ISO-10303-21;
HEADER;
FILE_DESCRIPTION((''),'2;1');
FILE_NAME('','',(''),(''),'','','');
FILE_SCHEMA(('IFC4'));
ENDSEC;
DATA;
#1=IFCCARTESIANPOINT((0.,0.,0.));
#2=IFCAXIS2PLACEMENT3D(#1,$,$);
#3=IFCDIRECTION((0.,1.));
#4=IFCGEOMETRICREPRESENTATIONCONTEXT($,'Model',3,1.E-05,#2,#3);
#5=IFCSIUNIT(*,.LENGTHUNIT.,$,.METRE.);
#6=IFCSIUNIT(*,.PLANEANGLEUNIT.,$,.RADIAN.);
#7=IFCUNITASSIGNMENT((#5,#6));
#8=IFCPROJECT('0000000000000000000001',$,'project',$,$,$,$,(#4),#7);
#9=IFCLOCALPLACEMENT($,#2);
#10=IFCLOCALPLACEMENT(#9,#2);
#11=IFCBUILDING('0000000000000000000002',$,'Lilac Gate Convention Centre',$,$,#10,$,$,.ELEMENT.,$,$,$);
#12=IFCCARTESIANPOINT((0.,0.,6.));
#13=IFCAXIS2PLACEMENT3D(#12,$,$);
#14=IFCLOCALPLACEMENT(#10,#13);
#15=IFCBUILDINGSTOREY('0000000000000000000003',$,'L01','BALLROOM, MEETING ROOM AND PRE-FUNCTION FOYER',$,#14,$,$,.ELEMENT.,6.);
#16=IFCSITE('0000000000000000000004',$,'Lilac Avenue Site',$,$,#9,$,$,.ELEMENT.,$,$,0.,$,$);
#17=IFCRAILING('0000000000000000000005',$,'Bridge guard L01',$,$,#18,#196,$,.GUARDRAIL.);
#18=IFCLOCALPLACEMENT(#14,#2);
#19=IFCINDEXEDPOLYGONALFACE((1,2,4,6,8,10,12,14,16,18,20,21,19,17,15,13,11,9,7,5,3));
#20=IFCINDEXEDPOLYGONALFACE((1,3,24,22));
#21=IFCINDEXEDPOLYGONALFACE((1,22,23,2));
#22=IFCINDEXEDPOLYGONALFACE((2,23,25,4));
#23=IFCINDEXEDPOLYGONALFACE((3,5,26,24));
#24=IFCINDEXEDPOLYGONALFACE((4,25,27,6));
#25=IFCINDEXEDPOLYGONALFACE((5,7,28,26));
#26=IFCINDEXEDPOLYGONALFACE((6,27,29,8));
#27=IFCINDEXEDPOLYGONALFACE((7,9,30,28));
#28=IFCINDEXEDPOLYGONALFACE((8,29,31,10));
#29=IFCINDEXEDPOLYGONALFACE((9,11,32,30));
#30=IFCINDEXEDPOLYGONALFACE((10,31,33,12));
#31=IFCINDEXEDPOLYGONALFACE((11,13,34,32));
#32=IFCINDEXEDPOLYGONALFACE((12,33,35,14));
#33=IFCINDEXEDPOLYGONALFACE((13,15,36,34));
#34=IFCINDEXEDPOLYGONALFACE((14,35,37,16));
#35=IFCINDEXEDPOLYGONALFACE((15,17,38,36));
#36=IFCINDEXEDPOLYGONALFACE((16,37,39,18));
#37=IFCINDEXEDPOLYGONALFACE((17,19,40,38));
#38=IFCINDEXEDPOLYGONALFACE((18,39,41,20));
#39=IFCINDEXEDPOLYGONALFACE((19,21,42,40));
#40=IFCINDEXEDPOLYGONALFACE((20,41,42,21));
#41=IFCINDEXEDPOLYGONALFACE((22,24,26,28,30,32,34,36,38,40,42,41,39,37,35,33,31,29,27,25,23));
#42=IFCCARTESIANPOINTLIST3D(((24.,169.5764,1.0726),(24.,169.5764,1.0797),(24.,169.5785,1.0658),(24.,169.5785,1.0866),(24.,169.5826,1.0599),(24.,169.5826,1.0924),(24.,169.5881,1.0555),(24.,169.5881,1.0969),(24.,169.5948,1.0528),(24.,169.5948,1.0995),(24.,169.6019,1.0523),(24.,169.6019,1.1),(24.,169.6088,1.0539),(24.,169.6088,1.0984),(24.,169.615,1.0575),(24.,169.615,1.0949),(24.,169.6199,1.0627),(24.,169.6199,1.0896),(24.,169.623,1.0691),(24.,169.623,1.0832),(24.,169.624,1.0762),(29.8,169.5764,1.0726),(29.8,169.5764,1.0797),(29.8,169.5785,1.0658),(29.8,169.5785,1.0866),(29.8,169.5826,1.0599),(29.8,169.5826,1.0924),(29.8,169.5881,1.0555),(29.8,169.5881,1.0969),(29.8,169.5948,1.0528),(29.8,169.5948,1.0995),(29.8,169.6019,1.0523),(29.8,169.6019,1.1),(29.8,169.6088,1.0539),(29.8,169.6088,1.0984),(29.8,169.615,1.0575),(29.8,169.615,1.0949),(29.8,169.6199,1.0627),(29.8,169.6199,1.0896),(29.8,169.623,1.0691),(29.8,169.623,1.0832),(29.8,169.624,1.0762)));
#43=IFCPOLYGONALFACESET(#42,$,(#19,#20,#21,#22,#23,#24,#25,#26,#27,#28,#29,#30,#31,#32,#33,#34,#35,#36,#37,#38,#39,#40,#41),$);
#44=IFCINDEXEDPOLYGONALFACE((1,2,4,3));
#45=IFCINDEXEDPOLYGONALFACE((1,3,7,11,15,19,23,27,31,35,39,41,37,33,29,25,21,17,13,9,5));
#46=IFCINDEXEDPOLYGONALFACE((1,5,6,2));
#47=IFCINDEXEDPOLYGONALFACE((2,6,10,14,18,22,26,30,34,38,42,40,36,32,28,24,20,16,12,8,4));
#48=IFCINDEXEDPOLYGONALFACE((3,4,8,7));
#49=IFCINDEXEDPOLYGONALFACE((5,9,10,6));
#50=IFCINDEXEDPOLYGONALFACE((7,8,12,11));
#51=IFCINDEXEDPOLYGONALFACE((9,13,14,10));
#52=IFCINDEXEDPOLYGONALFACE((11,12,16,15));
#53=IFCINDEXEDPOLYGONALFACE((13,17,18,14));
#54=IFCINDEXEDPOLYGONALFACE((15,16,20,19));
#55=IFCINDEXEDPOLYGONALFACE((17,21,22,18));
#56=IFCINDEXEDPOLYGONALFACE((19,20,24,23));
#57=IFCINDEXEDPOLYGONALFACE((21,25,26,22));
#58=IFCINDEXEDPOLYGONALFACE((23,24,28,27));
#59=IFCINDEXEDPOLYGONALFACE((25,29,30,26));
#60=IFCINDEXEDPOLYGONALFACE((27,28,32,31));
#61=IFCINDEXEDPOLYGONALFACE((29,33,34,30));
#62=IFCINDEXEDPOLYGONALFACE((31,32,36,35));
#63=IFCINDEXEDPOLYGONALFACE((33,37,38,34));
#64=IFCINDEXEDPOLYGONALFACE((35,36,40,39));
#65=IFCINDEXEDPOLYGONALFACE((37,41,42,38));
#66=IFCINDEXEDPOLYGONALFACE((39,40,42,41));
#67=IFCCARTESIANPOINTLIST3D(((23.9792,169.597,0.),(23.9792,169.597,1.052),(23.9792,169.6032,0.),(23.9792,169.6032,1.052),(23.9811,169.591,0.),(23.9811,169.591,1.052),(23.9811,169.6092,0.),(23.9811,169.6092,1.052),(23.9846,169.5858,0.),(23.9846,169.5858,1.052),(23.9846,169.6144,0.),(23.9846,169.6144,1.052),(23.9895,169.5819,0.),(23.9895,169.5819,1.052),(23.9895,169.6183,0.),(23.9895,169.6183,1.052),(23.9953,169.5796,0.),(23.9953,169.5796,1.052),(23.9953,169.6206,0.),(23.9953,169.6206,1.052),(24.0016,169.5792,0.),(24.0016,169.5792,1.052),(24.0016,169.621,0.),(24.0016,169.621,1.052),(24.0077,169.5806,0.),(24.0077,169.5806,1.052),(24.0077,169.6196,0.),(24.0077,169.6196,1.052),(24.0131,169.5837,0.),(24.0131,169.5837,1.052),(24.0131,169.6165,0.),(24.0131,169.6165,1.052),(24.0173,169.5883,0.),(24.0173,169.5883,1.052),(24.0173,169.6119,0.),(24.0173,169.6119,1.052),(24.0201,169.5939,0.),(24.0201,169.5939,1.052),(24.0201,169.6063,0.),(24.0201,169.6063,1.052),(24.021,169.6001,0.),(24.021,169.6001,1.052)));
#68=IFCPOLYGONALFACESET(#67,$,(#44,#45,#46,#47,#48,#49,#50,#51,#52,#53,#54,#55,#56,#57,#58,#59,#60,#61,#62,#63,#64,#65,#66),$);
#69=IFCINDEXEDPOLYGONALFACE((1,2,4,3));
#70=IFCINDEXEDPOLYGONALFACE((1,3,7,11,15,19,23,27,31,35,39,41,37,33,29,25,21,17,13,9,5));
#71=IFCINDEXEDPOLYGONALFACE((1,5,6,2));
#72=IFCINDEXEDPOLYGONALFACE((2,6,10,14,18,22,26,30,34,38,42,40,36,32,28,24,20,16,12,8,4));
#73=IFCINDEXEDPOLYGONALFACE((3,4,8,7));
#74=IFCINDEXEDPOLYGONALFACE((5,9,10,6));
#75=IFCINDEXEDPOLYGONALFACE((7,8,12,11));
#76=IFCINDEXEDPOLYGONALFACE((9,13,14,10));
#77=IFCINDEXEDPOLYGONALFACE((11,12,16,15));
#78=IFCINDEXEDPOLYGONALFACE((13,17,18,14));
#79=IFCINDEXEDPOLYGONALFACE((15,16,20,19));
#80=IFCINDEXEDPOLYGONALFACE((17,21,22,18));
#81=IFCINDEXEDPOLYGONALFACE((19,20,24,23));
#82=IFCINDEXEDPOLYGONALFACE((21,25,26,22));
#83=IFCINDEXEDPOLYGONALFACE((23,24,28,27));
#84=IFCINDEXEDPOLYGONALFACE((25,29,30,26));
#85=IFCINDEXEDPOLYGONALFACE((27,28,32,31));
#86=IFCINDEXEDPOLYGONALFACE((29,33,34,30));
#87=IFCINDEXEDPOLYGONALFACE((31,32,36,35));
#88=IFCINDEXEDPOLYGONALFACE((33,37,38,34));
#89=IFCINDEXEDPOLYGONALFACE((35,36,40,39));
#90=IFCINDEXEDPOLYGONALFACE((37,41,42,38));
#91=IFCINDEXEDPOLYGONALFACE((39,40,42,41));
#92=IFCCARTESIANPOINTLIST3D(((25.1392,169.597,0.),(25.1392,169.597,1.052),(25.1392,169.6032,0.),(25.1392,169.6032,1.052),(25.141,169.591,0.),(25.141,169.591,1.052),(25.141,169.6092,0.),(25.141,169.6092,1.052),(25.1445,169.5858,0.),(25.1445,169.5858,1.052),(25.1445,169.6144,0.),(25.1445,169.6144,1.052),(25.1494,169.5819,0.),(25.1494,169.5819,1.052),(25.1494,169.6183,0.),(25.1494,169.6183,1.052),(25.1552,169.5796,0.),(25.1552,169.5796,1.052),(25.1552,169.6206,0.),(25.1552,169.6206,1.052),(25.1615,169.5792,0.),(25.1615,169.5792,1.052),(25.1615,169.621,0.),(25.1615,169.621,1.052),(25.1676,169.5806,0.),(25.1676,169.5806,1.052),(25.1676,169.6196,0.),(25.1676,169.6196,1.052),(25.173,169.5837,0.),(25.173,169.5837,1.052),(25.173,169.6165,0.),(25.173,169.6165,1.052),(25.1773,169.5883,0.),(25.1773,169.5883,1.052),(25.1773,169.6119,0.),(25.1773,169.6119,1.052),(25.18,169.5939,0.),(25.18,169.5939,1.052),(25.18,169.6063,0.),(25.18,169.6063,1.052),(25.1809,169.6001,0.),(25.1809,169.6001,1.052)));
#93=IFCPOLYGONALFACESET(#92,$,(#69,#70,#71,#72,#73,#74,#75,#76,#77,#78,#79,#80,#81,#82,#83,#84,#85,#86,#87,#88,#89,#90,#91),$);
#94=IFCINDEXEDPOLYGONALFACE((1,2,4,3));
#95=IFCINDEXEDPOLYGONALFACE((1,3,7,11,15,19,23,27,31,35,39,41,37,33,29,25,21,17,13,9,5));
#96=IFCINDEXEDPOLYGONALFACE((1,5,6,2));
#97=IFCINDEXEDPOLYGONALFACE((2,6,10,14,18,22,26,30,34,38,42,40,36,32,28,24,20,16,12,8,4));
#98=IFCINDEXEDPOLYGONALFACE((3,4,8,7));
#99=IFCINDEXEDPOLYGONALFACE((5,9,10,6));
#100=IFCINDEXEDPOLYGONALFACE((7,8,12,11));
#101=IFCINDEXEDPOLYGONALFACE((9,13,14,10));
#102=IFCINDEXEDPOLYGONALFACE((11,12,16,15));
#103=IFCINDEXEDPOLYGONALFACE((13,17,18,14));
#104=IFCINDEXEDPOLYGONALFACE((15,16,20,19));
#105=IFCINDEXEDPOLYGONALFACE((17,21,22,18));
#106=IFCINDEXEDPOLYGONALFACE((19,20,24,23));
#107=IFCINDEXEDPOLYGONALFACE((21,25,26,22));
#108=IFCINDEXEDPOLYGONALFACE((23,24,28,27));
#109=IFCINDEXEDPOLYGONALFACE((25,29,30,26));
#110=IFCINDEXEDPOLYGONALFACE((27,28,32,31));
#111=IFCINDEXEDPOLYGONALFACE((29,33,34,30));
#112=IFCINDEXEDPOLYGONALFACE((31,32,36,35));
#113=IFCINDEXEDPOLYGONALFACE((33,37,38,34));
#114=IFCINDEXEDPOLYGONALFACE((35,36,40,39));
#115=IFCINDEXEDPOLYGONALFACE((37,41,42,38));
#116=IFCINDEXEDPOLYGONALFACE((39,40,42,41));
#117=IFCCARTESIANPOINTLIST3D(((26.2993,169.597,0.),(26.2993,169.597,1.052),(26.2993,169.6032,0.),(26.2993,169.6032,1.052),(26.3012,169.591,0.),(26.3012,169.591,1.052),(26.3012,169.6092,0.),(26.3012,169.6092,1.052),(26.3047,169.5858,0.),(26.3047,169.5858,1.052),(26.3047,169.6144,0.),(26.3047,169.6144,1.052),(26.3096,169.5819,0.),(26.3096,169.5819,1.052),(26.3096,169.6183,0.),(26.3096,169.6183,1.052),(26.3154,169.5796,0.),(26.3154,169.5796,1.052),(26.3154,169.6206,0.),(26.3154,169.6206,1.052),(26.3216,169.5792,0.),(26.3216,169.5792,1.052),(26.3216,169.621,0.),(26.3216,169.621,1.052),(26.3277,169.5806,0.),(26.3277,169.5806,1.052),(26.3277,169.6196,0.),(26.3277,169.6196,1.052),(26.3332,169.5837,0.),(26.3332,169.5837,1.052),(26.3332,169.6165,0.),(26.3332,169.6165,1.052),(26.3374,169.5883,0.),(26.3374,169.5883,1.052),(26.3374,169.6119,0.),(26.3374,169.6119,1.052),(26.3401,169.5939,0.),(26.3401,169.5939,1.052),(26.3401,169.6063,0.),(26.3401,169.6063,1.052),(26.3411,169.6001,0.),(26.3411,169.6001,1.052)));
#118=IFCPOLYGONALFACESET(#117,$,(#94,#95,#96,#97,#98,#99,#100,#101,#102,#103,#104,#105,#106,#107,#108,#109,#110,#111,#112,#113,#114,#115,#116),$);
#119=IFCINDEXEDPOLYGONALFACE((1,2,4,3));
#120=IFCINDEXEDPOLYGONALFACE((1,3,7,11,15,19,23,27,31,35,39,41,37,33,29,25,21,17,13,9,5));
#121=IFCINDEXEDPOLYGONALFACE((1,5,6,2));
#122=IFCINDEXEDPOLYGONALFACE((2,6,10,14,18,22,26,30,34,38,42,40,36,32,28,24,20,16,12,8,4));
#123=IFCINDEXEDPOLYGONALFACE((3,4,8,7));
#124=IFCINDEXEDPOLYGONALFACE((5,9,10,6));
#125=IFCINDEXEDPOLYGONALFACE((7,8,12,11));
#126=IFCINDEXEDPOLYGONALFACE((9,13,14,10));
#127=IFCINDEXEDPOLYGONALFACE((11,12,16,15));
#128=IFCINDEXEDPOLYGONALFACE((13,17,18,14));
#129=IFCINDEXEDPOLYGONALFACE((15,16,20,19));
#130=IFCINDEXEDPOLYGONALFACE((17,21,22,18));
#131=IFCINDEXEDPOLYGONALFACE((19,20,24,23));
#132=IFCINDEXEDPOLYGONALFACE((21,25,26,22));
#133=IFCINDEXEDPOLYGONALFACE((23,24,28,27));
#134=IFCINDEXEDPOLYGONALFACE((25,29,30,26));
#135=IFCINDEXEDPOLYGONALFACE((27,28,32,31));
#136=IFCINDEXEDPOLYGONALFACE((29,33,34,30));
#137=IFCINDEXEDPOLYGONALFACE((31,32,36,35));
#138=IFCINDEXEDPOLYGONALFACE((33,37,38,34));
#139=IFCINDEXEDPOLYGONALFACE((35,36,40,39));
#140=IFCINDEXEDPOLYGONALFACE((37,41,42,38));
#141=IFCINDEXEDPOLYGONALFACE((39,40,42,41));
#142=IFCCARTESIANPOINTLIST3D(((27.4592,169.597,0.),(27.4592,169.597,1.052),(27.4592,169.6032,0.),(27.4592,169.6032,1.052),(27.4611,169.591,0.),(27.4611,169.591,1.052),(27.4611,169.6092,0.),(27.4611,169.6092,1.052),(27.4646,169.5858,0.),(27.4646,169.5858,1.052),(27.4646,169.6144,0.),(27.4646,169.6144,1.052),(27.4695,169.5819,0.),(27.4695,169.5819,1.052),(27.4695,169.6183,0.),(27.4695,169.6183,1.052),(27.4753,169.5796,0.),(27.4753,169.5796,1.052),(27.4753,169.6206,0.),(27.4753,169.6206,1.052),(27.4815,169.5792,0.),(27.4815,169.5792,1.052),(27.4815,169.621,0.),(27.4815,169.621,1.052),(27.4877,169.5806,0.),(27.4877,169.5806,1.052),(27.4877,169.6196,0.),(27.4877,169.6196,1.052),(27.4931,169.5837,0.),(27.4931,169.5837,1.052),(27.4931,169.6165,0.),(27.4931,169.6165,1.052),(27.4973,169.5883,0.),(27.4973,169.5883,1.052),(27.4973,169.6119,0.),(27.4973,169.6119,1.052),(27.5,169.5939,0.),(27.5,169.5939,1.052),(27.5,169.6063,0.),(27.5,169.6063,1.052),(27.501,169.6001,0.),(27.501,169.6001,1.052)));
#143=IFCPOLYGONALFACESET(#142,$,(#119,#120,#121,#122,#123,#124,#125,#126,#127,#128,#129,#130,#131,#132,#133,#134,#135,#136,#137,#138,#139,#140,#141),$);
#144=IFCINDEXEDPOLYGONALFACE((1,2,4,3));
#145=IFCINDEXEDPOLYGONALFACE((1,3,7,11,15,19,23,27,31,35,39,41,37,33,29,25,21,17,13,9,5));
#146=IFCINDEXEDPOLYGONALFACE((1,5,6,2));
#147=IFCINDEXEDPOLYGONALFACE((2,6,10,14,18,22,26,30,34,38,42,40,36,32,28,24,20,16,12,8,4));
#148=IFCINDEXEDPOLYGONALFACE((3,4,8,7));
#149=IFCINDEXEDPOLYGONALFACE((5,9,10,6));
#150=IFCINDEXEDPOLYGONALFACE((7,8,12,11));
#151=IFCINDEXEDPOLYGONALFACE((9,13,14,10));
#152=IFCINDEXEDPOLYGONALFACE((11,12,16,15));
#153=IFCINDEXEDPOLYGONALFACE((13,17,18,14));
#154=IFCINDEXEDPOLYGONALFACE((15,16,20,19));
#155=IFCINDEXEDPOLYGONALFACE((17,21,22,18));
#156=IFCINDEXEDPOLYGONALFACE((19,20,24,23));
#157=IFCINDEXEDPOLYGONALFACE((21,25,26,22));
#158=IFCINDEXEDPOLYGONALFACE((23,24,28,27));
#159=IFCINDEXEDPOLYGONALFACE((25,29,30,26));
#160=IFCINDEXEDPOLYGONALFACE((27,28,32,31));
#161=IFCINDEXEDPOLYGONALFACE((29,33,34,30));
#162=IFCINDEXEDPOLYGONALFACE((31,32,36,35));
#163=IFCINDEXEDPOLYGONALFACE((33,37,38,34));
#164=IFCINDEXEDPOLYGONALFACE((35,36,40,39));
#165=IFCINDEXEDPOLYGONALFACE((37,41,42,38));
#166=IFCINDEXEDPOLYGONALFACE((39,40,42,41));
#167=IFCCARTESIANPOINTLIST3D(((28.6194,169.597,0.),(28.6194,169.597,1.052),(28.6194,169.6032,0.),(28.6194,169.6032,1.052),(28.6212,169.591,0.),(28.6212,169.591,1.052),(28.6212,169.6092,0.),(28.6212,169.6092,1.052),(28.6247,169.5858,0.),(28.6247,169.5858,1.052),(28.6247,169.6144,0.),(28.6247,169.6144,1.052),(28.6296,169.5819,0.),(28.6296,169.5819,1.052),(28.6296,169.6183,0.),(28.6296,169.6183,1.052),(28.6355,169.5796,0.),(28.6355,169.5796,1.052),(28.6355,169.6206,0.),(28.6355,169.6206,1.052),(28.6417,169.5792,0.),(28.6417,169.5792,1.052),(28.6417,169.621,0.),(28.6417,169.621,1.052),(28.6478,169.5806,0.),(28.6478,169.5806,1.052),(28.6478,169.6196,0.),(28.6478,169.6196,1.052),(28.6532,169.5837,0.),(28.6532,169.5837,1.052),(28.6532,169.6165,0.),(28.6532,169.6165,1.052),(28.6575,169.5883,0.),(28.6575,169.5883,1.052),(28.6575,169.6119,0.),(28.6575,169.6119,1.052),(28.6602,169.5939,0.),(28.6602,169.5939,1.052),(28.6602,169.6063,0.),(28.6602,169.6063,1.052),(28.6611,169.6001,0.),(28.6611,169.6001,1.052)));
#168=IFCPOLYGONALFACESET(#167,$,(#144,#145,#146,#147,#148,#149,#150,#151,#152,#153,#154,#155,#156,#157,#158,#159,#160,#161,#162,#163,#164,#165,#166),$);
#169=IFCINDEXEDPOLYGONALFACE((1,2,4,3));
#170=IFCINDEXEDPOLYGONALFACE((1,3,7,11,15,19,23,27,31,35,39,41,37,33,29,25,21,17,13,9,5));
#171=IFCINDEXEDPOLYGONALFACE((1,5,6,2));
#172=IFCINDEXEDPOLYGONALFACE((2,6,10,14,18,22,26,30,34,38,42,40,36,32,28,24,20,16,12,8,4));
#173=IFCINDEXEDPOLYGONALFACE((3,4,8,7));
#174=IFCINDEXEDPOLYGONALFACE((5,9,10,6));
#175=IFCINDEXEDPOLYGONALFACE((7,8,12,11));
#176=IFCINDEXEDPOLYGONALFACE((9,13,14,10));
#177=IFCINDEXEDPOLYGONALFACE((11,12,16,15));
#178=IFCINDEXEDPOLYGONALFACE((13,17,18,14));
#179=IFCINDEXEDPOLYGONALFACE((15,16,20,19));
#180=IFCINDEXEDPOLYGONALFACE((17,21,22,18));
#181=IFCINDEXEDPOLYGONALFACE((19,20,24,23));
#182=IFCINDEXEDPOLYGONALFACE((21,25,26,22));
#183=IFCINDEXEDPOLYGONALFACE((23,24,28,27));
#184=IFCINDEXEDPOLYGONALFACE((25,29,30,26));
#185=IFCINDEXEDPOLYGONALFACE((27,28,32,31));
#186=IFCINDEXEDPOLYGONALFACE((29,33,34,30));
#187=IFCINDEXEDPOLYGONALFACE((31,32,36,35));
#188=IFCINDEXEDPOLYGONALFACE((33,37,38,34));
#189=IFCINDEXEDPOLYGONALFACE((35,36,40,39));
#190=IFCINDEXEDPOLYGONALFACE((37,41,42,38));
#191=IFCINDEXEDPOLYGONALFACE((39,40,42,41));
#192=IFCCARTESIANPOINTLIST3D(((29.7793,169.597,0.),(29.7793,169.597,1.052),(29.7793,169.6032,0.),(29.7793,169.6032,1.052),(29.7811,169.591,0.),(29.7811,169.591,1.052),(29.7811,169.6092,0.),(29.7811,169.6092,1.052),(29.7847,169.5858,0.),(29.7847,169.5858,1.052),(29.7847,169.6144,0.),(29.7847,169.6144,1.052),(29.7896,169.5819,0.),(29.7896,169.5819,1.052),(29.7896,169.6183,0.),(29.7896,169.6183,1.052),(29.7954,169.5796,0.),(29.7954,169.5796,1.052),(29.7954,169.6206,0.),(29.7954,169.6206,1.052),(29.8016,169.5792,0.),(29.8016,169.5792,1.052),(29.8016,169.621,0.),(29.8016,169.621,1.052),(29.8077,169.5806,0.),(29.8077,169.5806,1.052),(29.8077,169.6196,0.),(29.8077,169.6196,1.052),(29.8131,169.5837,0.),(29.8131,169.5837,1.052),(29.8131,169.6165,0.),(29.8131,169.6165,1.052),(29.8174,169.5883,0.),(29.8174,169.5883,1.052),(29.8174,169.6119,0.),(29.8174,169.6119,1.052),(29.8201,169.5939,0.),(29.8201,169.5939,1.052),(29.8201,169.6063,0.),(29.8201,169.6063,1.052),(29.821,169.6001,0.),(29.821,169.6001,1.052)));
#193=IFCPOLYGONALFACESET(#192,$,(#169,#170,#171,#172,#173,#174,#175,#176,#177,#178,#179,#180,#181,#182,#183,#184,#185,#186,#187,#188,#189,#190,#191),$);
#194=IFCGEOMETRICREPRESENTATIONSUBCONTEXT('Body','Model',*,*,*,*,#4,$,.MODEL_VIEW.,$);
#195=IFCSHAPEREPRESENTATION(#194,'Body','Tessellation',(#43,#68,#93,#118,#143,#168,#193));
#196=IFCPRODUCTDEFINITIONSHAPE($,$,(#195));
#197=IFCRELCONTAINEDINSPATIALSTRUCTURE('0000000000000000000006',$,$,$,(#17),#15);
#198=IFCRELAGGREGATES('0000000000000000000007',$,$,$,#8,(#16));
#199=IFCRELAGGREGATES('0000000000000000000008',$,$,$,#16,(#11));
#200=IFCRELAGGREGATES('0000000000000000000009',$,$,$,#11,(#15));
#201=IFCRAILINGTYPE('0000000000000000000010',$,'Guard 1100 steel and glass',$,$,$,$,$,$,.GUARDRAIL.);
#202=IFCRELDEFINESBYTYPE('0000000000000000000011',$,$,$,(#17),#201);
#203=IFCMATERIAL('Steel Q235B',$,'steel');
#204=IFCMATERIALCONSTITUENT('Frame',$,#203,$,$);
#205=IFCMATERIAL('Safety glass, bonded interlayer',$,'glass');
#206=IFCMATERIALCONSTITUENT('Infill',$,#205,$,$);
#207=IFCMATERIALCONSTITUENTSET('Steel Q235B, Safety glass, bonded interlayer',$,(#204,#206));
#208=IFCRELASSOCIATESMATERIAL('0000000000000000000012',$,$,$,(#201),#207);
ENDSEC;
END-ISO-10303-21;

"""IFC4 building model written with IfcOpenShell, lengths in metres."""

from ifc_helpers import new_model, si_unit, direction, frame, origin, origin_2d, place, context, subcontext, project, spatial, circle, extrude, material, constituent, constituent_set, type_object, element, save


model = new_model("IFC4")

# Units and contexts
model_context = context("Model", 3, precision=1e-05, world=origin(), true_north=direction((0.0, 1.0)))
body_context = subcontext(model_context, "Body", "Model", "MODEL_VIEW")
ifc_project = project(units=[si_unit("LENGTHUNIT", "METRE"), si_unit("PLANEANGLEUNIT", "RADIAN")], contexts=[model_context])

# Site, building, storey
site_placement = place(None, origin())
site = spatial("IfcSite", under=ifc_project, at=site_placement, Name="Lilac Avenue Site", CompositionType="ELEMENT", RefElevation=0.0)
building_placement = place(site_placement, origin())
building = spatial("IfcBuilding", under=site, at=building_placement, Name="Lilac Gate Convention Centre", CompositionType="ELEMENT")
storey_placement = place(building_placement, frame((0.0, 0.0, 6.0)))
storey = spatial("IfcBuildingStorey", under=building, at=storey_placement, Name="L01", Description="BALLROOM, MEETING ROOM AND PRE-FUNCTION FOYER", CompositionType="ELEMENT", Elevation=6.0)

# Shared definitions
ifc_material_1 = material(Name="Steel Q235B", Category="steel")

# Railing
ifc_constituent_1 = constituent(ifc_material_1, Name="Frame")
ifc_material_2 = material(Name="Safety glass, bonded interlayer", Category="glass")
ifc_constituent_2 = constituent(ifc_material_2, Name="Infill")
ifc_constituent_set = constituent_set(constituents=[ifc_constituent_1, ifc_constituent_2], Name="Steel Q235B, Safety glass, bonded interlayer")
railing_type = type_object("IfcRailingType", Name="Guard 1100 steel and glass", PredefinedType="GUARDRAIL", material=ifc_constituent_set)
for number, where, name in (
    (1, (24.0, 169.6001, 0.0), "Bridge guard L01"),
):
    element("IfcRailing", number, at=place(storey_placement, frame(where)), inside=storey, type_object=railing_type, Name=name, PredefinedType="GUARDRAIL", context=body_context, shape_type="SweptSolid", body=[
        extrude(circle(Radius=0.0239, at=origin_2d()), frame((0.0, 0.0, 1.0762), z_axis=(1.0, 0.0, 0.0), x_axis=(0.0, 1.0, 0.0)), (0.0, 0.0, 1.0), 5.8),
        extrude(circle(Radius=0.021, at=origin_2d()), origin(), (0.0, 0.0, 1.0), 1.052),
        extrude(circle(Radius=0.021, at=origin_2d()), frame((1.1599, 0.0, 0.0)), (0.0, 0.0, 1.0), 1.052),
        extrude(circle(Radius=0.021, at=origin_2d()), frame((2.3201, 0.0, 0.0)), (0.0, 0.0, 1.0), 1.052),
        extrude(circle(Radius=0.021, at=origin_2d()), frame((3.48, 0.0, 0.0)), (0.0, 0.0, 1.0), 1.052),
        extrude(circle(Radius=0.021, at=origin_2d()), frame((4.6401, 0.0, 0.0)), (0.0, 0.0, 1.0), 1.052),
        extrude(circle(Radius=0.021, at=origin_2d()), frame((5.8, 0.0, 0.0)), (0.0, 0.0, 1.0), 1.052),
    ])

save(model, "model.ifc")
